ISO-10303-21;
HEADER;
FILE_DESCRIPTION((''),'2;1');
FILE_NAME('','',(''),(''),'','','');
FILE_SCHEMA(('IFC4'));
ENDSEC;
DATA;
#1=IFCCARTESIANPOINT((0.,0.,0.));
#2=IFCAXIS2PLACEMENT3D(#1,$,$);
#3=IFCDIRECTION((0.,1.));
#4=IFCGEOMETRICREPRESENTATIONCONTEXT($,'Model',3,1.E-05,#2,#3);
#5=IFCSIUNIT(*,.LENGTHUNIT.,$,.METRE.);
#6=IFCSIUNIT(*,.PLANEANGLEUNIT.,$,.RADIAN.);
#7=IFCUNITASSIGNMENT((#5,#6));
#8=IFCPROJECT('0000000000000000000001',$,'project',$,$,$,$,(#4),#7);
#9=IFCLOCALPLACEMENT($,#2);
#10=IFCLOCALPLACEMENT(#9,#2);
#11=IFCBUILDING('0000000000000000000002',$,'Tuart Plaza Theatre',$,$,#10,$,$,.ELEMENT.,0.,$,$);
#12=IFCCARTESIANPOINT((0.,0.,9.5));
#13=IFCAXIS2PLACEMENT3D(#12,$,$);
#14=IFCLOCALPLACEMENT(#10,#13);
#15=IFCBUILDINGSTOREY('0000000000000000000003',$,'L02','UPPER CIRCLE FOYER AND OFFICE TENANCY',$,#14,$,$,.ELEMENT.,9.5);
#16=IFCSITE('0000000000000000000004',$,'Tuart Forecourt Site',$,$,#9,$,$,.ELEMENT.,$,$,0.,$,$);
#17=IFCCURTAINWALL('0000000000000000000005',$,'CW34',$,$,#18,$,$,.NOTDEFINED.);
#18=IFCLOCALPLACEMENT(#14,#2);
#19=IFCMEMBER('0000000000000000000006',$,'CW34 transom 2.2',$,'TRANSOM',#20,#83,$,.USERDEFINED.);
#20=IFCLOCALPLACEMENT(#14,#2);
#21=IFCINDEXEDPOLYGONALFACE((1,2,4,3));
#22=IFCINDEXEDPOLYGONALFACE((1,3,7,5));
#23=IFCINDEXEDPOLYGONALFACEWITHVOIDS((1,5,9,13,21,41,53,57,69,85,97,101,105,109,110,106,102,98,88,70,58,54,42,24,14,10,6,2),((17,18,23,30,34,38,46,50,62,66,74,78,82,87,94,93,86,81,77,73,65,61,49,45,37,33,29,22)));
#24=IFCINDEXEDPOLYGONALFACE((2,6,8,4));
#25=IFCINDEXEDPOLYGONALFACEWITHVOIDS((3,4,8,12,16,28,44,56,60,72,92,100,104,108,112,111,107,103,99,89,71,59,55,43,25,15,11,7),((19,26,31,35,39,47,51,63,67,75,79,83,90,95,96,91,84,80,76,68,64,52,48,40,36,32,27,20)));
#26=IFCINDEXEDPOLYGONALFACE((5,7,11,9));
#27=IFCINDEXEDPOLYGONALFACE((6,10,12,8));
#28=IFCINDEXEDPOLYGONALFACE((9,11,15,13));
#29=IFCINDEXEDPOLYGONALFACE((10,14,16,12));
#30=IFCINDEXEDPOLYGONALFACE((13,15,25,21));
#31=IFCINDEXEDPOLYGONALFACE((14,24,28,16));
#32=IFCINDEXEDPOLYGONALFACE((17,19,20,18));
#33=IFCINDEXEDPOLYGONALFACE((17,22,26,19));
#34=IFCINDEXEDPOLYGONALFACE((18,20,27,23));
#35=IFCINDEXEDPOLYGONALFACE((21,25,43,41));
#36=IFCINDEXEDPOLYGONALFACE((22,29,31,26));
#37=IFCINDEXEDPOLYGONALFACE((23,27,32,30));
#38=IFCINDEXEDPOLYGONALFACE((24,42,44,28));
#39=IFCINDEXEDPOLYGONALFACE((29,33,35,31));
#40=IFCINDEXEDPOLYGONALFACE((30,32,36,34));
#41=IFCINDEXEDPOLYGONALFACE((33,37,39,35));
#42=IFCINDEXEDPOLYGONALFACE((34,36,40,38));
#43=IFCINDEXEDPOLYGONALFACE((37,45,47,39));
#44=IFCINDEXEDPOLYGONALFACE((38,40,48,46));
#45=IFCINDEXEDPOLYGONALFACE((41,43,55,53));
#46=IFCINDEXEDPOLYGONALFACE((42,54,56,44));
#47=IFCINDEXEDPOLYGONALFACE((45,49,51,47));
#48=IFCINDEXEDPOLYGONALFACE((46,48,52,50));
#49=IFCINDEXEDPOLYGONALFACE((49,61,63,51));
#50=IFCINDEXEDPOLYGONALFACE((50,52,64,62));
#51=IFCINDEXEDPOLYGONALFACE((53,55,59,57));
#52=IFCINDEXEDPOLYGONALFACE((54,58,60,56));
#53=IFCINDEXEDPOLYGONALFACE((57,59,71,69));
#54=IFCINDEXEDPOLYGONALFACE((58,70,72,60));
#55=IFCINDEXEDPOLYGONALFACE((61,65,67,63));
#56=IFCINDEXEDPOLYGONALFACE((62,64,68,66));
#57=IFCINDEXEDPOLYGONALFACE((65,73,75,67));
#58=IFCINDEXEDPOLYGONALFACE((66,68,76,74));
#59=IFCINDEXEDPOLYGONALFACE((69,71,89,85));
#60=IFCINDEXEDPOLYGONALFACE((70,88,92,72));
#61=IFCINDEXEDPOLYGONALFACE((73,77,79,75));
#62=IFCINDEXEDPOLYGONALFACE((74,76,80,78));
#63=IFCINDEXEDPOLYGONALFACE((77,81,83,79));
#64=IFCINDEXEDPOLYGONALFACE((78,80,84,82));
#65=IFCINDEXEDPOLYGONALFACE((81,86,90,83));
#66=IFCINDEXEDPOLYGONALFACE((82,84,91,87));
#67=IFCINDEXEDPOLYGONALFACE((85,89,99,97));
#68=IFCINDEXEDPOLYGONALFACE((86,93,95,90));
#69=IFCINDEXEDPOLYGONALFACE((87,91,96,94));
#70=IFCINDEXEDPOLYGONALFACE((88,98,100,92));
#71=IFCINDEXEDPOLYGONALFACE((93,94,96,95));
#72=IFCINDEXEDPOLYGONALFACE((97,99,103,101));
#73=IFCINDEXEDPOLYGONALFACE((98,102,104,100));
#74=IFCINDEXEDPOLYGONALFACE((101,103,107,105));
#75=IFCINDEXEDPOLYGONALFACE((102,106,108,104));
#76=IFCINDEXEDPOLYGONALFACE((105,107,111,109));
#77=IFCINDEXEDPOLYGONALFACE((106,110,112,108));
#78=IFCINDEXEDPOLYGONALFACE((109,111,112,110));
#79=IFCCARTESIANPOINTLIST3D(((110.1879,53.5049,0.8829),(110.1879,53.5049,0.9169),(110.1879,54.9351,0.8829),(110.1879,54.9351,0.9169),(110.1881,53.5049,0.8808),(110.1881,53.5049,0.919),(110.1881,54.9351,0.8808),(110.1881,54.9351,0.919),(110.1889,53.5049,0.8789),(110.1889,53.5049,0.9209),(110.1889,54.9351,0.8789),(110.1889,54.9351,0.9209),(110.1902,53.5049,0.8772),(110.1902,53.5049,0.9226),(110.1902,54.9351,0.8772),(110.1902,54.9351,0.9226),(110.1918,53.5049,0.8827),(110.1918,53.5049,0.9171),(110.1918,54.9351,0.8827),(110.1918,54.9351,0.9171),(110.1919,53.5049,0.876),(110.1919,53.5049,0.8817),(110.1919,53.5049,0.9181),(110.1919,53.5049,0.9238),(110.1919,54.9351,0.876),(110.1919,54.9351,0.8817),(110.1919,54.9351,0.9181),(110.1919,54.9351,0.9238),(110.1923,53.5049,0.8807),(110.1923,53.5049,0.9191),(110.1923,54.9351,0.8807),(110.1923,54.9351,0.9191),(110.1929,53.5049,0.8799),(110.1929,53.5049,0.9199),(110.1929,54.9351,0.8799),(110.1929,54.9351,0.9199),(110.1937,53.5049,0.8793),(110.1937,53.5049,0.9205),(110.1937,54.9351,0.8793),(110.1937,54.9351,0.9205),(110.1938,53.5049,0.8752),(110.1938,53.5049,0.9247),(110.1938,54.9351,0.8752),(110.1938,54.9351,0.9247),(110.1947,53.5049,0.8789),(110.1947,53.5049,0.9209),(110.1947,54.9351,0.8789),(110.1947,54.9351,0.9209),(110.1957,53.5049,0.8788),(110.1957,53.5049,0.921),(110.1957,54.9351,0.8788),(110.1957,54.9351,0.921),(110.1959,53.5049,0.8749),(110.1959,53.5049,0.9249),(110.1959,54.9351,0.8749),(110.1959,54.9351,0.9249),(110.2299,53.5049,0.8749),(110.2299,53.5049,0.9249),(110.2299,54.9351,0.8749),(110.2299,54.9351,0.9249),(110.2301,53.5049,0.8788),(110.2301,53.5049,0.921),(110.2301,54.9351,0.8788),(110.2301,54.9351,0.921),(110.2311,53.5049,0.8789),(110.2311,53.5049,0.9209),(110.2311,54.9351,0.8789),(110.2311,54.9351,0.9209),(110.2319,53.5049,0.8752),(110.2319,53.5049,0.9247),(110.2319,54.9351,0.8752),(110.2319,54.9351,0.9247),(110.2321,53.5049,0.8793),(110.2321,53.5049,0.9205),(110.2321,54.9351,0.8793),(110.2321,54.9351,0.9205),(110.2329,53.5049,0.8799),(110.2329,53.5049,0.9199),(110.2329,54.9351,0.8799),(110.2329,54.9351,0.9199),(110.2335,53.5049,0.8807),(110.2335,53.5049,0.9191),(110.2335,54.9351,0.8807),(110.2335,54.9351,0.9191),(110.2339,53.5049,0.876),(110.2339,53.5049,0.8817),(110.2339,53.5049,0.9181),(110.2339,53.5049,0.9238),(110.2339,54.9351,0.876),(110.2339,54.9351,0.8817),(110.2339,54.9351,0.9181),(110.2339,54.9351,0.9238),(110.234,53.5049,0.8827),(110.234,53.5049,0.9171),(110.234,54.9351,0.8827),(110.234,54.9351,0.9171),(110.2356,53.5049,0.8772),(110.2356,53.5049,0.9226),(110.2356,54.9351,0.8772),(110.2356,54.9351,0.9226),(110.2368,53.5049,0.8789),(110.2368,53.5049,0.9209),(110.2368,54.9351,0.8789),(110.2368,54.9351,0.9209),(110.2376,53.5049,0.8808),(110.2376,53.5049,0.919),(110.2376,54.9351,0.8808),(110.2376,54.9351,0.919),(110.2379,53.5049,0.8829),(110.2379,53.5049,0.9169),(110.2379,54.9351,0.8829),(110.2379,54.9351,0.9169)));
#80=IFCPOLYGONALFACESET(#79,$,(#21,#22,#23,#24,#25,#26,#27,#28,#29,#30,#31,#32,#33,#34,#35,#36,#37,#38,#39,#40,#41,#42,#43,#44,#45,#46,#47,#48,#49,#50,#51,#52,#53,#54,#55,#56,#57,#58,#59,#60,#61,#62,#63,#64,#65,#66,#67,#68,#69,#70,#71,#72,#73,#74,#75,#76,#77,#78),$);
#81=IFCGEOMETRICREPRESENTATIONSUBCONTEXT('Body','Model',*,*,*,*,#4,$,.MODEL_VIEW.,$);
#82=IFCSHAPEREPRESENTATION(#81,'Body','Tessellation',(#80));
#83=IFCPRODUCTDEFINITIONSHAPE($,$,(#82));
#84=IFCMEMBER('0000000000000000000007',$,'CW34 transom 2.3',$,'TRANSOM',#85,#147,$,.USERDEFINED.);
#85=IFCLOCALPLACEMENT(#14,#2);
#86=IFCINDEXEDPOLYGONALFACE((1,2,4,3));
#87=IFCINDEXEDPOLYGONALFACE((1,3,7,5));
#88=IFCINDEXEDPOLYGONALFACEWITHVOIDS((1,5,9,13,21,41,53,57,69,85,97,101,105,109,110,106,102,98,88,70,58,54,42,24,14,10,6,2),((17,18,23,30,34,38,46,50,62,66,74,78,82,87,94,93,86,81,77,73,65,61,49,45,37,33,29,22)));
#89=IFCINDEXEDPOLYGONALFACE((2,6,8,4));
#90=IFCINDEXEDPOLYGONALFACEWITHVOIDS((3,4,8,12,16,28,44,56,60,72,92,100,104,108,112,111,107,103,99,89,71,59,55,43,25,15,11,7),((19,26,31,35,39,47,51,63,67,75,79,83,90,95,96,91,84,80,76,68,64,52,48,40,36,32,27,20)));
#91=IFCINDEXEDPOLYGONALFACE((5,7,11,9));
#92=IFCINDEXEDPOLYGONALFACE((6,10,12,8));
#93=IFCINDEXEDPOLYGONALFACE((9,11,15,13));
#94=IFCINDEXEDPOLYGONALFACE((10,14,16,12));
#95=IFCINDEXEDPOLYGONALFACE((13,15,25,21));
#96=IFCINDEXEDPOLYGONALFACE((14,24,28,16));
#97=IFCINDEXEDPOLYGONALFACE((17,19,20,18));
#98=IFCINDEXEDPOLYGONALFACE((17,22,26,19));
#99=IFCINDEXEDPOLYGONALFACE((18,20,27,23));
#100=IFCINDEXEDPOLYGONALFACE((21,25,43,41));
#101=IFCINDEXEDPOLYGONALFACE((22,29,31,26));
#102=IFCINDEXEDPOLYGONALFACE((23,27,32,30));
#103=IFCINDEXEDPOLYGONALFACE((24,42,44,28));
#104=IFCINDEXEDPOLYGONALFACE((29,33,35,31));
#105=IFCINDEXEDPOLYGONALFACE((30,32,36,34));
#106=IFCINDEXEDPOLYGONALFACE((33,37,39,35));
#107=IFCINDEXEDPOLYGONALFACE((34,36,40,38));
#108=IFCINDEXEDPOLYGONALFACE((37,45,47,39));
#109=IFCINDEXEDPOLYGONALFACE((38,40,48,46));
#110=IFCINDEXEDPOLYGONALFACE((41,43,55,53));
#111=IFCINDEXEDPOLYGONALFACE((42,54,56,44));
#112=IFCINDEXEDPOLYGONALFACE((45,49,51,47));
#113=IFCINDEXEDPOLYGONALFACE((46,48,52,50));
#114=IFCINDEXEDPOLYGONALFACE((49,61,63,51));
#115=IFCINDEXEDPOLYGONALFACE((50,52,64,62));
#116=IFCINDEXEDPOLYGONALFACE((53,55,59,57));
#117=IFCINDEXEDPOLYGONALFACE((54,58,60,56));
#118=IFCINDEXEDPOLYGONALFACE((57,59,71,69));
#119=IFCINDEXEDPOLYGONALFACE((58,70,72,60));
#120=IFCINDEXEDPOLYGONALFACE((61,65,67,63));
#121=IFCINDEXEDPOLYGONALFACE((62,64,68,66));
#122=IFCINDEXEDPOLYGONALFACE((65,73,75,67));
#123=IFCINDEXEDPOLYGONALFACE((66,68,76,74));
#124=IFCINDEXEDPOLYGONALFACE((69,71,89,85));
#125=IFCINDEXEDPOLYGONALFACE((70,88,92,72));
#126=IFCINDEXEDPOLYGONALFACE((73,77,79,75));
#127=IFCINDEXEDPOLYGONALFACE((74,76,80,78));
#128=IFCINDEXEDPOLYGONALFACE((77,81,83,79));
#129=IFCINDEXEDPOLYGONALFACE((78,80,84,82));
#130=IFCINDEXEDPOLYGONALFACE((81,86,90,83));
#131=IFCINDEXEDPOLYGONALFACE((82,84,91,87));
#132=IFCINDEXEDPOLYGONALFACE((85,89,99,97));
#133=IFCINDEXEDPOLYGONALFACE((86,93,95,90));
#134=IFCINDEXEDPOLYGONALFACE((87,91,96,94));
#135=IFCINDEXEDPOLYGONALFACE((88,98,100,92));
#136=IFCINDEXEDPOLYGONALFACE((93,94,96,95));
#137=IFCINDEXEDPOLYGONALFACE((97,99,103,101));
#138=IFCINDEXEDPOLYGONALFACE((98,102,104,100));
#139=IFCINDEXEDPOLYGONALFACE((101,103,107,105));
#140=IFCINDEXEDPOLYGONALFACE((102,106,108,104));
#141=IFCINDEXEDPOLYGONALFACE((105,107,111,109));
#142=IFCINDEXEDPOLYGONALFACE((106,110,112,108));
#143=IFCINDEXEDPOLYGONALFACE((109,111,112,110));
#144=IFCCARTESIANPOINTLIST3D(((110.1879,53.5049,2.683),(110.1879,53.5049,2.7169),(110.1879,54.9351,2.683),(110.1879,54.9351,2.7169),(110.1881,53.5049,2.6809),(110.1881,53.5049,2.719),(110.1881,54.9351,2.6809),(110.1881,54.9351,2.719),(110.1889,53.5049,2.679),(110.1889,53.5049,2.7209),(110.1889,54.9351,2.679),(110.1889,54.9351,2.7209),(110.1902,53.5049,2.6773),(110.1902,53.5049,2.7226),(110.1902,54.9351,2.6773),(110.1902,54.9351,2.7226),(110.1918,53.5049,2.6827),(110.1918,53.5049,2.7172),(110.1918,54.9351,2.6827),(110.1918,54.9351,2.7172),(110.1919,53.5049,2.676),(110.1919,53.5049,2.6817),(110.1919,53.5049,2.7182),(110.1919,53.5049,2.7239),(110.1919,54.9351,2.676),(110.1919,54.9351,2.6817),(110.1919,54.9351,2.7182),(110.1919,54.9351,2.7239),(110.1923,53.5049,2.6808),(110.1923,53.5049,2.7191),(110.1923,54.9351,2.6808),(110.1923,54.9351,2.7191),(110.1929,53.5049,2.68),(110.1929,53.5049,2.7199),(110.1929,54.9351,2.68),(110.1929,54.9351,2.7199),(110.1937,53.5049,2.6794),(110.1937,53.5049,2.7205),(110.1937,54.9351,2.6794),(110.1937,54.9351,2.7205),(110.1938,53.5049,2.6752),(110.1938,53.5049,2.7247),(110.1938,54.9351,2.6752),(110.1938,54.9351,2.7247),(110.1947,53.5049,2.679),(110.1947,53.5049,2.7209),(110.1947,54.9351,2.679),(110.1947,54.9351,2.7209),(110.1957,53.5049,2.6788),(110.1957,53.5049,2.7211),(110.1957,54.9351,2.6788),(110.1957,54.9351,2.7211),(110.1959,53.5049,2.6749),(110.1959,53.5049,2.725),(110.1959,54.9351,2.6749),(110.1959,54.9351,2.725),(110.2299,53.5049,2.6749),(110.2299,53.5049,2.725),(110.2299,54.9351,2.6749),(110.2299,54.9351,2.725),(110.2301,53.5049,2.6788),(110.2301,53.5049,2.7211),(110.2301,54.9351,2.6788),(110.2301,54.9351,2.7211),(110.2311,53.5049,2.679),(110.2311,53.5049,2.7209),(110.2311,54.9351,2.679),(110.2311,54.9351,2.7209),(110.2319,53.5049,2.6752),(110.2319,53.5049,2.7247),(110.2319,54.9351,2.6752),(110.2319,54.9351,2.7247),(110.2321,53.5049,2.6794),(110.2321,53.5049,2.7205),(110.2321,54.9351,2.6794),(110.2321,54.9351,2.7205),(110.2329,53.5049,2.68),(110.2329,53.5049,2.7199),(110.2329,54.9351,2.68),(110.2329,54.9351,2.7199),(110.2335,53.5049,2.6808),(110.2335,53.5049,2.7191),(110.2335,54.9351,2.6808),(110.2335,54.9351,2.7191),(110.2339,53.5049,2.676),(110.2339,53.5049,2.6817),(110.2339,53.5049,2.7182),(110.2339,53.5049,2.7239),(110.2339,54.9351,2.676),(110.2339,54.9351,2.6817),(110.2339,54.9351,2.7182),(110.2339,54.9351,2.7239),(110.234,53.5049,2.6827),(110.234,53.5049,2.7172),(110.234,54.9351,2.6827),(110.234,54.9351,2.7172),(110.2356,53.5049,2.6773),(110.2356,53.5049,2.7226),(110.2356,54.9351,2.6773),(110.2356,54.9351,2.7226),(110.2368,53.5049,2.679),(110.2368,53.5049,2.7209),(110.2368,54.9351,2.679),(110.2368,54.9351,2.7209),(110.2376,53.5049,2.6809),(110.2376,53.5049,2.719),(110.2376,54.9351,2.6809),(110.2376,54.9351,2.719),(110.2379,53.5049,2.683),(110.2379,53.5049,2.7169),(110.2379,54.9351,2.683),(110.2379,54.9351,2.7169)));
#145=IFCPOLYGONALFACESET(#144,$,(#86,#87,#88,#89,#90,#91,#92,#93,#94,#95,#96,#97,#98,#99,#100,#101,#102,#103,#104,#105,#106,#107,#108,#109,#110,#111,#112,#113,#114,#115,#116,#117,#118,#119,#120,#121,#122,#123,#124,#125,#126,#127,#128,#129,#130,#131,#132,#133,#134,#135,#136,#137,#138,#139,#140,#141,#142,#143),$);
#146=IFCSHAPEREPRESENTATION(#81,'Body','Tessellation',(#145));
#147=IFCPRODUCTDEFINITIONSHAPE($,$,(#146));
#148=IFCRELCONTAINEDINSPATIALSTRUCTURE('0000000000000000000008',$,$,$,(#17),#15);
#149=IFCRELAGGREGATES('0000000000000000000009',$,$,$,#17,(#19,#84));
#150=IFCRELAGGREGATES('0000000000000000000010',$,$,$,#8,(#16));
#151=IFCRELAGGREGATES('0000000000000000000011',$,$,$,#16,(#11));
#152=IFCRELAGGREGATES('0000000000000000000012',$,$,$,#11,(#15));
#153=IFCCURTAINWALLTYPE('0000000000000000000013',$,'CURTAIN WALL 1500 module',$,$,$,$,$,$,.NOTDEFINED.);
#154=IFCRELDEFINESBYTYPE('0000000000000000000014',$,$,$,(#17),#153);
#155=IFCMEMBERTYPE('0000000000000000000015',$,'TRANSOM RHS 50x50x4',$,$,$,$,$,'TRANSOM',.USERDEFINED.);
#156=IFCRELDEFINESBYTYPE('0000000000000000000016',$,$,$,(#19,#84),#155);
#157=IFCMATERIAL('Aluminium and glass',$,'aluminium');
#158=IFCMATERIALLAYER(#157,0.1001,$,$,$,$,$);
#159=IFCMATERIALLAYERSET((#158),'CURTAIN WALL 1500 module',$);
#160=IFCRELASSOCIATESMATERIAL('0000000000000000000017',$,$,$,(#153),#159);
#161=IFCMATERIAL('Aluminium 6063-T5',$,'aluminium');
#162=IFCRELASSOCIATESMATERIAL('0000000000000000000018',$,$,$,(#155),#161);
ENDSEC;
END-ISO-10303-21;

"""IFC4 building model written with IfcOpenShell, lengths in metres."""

from ifc_helpers import new_model, si_unit, direction, frame, origin, origin_2d, place, context, subcontext, project, spatial, hollow_rectangle, extrude, material, layer, layer_set, material_profile, profile_set, type_object, element, aggregate, save


model = new_model("IFC4")

# Units and contexts
model_context = context("Model", 3, precision=1e-05, world=origin(), true_north=direction((0.0, 1.0)))
body_context = subcontext(model_context, "Body", "Model", "MODEL_VIEW")
ifc_project = project(units=[si_unit("LENGTHUNIT", "METRE"), si_unit("PLANEANGLEUNIT", "RADIAN")], contexts=[model_context])

# Site, building, storey
site_placement = place(None, origin())
site = spatial("IfcSite", under=ifc_project, at=site_placement, Name="Tuart Forecourt Site", CompositionType="ELEMENT", RefElevation=0.0)
building_placement = place(site_placement, origin())
building = spatial("IfcBuilding", under=site, at=building_placement, Name="Tuart Plaza Theatre", CompositionType="ELEMENT", ElevationOfRefHeight=0.0)
storey_placement = place(building_placement, frame((0.0, 0.0, 9.5)))
storey = spatial("IfcBuildingStorey", under=building, at=storey_placement, Name="L02", Description="UPPER CIRCLE FOYER AND OFFICE TENANCY", CompositionType="ELEMENT", Elevation=9.5)

# Curtain wall, members
ifc_material_1 = material(Name="Aluminium and glass", Category="aluminium")
ifc_layer_1 = layer(ifc_material_1, 0.1001)
ifc_layer_set_1 = layer_set([ifc_layer_1], Name="CURTAIN WALL 1500 module")
curtain_wall_type = type_object("IfcCurtainWallType", Name="CURTAIN WALL 1500 module", PredefinedType="NOTDEFINED", material=ifc_layer_set_1)
curtain_wall_placement = place(storey_placement, origin())
curtain_wall = element("IfcCurtainWall", 1, at=curtain_wall_placement, inside=storey, type_object=curtain_wall_type, Name="CW34", PredefinedType="NOTDEFINED")
ifc_material_2 = material(Name="Aluminium 6063-T5", Category="aluminium")
ifc_material_profile_1 = material_profile(ifc_material_2, hollow_rectangle(XDim=0.05, YDim=0.05, WallThickness=0.0039, InnerFilletRadius=0.0039, OuterFilletRadius=0.0081, at=origin_2d()), Name="RHS 50x50x4")
ifc_profile_set_1 = profile_set([ifc_material_profile_1], Name="Aluminium 6063-T5")
member_type_1 = type_object("IfcMemberType", Name="TRANSOM RHS 50x50x4", ElementType="TRANSOM", PredefinedType="USERDEFINED", material=ifc_profile_set_1)
member_1_placement = place(storey_placement, frame((110.2129, 53.5049, 0.8999), z_axis=(0.0, 1.0, 0.0), x_axis=(-1.0, 0.0, 0.0)))
member_1 = element("IfcMember", 2, at=member_1_placement, type_object=member_type_1, Name="CW34 transom 2.2", ObjectType="TRANSOM", PredefinedType="USERDEFINED", context=body_context, shape_type="SweptSolid", body=[
    extrude(hollow_rectangle(XDim=0.05, YDim=0.05, WallThickness=0.0039, InnerFilletRadius=0.0039, OuterFilletRadius=0.0081, at=origin_2d()), origin(), (0.0, 0.0, 1.0), 1.4302),
])
member_2_placement = place(storey_placement, frame((110.2129, 53.5049, 2.7), z_axis=(0.0, 1.0, 0.0), x_axis=(-1.0, 0.0, 0.0)))
member_2 = element("IfcMember", 3, at=member_2_placement, type_object=member_type_1, Name="CW34 transom 2.3", ObjectType="TRANSOM", PredefinedType="USERDEFINED", context=body_context, shape_type="SweptSolid", body=[
    extrude(hollow_rectangle(XDim=0.05, YDim=0.05, WallThickness=0.0039, InnerFilletRadius=0.0039, OuterFilletRadius=0.0081, at=origin_2d()), origin(), (0.0, 0.0, 1.0), 1.4302),
])
aggregate(curtain_wall, [member_1, member_2])

save(model, "model.ifc")
